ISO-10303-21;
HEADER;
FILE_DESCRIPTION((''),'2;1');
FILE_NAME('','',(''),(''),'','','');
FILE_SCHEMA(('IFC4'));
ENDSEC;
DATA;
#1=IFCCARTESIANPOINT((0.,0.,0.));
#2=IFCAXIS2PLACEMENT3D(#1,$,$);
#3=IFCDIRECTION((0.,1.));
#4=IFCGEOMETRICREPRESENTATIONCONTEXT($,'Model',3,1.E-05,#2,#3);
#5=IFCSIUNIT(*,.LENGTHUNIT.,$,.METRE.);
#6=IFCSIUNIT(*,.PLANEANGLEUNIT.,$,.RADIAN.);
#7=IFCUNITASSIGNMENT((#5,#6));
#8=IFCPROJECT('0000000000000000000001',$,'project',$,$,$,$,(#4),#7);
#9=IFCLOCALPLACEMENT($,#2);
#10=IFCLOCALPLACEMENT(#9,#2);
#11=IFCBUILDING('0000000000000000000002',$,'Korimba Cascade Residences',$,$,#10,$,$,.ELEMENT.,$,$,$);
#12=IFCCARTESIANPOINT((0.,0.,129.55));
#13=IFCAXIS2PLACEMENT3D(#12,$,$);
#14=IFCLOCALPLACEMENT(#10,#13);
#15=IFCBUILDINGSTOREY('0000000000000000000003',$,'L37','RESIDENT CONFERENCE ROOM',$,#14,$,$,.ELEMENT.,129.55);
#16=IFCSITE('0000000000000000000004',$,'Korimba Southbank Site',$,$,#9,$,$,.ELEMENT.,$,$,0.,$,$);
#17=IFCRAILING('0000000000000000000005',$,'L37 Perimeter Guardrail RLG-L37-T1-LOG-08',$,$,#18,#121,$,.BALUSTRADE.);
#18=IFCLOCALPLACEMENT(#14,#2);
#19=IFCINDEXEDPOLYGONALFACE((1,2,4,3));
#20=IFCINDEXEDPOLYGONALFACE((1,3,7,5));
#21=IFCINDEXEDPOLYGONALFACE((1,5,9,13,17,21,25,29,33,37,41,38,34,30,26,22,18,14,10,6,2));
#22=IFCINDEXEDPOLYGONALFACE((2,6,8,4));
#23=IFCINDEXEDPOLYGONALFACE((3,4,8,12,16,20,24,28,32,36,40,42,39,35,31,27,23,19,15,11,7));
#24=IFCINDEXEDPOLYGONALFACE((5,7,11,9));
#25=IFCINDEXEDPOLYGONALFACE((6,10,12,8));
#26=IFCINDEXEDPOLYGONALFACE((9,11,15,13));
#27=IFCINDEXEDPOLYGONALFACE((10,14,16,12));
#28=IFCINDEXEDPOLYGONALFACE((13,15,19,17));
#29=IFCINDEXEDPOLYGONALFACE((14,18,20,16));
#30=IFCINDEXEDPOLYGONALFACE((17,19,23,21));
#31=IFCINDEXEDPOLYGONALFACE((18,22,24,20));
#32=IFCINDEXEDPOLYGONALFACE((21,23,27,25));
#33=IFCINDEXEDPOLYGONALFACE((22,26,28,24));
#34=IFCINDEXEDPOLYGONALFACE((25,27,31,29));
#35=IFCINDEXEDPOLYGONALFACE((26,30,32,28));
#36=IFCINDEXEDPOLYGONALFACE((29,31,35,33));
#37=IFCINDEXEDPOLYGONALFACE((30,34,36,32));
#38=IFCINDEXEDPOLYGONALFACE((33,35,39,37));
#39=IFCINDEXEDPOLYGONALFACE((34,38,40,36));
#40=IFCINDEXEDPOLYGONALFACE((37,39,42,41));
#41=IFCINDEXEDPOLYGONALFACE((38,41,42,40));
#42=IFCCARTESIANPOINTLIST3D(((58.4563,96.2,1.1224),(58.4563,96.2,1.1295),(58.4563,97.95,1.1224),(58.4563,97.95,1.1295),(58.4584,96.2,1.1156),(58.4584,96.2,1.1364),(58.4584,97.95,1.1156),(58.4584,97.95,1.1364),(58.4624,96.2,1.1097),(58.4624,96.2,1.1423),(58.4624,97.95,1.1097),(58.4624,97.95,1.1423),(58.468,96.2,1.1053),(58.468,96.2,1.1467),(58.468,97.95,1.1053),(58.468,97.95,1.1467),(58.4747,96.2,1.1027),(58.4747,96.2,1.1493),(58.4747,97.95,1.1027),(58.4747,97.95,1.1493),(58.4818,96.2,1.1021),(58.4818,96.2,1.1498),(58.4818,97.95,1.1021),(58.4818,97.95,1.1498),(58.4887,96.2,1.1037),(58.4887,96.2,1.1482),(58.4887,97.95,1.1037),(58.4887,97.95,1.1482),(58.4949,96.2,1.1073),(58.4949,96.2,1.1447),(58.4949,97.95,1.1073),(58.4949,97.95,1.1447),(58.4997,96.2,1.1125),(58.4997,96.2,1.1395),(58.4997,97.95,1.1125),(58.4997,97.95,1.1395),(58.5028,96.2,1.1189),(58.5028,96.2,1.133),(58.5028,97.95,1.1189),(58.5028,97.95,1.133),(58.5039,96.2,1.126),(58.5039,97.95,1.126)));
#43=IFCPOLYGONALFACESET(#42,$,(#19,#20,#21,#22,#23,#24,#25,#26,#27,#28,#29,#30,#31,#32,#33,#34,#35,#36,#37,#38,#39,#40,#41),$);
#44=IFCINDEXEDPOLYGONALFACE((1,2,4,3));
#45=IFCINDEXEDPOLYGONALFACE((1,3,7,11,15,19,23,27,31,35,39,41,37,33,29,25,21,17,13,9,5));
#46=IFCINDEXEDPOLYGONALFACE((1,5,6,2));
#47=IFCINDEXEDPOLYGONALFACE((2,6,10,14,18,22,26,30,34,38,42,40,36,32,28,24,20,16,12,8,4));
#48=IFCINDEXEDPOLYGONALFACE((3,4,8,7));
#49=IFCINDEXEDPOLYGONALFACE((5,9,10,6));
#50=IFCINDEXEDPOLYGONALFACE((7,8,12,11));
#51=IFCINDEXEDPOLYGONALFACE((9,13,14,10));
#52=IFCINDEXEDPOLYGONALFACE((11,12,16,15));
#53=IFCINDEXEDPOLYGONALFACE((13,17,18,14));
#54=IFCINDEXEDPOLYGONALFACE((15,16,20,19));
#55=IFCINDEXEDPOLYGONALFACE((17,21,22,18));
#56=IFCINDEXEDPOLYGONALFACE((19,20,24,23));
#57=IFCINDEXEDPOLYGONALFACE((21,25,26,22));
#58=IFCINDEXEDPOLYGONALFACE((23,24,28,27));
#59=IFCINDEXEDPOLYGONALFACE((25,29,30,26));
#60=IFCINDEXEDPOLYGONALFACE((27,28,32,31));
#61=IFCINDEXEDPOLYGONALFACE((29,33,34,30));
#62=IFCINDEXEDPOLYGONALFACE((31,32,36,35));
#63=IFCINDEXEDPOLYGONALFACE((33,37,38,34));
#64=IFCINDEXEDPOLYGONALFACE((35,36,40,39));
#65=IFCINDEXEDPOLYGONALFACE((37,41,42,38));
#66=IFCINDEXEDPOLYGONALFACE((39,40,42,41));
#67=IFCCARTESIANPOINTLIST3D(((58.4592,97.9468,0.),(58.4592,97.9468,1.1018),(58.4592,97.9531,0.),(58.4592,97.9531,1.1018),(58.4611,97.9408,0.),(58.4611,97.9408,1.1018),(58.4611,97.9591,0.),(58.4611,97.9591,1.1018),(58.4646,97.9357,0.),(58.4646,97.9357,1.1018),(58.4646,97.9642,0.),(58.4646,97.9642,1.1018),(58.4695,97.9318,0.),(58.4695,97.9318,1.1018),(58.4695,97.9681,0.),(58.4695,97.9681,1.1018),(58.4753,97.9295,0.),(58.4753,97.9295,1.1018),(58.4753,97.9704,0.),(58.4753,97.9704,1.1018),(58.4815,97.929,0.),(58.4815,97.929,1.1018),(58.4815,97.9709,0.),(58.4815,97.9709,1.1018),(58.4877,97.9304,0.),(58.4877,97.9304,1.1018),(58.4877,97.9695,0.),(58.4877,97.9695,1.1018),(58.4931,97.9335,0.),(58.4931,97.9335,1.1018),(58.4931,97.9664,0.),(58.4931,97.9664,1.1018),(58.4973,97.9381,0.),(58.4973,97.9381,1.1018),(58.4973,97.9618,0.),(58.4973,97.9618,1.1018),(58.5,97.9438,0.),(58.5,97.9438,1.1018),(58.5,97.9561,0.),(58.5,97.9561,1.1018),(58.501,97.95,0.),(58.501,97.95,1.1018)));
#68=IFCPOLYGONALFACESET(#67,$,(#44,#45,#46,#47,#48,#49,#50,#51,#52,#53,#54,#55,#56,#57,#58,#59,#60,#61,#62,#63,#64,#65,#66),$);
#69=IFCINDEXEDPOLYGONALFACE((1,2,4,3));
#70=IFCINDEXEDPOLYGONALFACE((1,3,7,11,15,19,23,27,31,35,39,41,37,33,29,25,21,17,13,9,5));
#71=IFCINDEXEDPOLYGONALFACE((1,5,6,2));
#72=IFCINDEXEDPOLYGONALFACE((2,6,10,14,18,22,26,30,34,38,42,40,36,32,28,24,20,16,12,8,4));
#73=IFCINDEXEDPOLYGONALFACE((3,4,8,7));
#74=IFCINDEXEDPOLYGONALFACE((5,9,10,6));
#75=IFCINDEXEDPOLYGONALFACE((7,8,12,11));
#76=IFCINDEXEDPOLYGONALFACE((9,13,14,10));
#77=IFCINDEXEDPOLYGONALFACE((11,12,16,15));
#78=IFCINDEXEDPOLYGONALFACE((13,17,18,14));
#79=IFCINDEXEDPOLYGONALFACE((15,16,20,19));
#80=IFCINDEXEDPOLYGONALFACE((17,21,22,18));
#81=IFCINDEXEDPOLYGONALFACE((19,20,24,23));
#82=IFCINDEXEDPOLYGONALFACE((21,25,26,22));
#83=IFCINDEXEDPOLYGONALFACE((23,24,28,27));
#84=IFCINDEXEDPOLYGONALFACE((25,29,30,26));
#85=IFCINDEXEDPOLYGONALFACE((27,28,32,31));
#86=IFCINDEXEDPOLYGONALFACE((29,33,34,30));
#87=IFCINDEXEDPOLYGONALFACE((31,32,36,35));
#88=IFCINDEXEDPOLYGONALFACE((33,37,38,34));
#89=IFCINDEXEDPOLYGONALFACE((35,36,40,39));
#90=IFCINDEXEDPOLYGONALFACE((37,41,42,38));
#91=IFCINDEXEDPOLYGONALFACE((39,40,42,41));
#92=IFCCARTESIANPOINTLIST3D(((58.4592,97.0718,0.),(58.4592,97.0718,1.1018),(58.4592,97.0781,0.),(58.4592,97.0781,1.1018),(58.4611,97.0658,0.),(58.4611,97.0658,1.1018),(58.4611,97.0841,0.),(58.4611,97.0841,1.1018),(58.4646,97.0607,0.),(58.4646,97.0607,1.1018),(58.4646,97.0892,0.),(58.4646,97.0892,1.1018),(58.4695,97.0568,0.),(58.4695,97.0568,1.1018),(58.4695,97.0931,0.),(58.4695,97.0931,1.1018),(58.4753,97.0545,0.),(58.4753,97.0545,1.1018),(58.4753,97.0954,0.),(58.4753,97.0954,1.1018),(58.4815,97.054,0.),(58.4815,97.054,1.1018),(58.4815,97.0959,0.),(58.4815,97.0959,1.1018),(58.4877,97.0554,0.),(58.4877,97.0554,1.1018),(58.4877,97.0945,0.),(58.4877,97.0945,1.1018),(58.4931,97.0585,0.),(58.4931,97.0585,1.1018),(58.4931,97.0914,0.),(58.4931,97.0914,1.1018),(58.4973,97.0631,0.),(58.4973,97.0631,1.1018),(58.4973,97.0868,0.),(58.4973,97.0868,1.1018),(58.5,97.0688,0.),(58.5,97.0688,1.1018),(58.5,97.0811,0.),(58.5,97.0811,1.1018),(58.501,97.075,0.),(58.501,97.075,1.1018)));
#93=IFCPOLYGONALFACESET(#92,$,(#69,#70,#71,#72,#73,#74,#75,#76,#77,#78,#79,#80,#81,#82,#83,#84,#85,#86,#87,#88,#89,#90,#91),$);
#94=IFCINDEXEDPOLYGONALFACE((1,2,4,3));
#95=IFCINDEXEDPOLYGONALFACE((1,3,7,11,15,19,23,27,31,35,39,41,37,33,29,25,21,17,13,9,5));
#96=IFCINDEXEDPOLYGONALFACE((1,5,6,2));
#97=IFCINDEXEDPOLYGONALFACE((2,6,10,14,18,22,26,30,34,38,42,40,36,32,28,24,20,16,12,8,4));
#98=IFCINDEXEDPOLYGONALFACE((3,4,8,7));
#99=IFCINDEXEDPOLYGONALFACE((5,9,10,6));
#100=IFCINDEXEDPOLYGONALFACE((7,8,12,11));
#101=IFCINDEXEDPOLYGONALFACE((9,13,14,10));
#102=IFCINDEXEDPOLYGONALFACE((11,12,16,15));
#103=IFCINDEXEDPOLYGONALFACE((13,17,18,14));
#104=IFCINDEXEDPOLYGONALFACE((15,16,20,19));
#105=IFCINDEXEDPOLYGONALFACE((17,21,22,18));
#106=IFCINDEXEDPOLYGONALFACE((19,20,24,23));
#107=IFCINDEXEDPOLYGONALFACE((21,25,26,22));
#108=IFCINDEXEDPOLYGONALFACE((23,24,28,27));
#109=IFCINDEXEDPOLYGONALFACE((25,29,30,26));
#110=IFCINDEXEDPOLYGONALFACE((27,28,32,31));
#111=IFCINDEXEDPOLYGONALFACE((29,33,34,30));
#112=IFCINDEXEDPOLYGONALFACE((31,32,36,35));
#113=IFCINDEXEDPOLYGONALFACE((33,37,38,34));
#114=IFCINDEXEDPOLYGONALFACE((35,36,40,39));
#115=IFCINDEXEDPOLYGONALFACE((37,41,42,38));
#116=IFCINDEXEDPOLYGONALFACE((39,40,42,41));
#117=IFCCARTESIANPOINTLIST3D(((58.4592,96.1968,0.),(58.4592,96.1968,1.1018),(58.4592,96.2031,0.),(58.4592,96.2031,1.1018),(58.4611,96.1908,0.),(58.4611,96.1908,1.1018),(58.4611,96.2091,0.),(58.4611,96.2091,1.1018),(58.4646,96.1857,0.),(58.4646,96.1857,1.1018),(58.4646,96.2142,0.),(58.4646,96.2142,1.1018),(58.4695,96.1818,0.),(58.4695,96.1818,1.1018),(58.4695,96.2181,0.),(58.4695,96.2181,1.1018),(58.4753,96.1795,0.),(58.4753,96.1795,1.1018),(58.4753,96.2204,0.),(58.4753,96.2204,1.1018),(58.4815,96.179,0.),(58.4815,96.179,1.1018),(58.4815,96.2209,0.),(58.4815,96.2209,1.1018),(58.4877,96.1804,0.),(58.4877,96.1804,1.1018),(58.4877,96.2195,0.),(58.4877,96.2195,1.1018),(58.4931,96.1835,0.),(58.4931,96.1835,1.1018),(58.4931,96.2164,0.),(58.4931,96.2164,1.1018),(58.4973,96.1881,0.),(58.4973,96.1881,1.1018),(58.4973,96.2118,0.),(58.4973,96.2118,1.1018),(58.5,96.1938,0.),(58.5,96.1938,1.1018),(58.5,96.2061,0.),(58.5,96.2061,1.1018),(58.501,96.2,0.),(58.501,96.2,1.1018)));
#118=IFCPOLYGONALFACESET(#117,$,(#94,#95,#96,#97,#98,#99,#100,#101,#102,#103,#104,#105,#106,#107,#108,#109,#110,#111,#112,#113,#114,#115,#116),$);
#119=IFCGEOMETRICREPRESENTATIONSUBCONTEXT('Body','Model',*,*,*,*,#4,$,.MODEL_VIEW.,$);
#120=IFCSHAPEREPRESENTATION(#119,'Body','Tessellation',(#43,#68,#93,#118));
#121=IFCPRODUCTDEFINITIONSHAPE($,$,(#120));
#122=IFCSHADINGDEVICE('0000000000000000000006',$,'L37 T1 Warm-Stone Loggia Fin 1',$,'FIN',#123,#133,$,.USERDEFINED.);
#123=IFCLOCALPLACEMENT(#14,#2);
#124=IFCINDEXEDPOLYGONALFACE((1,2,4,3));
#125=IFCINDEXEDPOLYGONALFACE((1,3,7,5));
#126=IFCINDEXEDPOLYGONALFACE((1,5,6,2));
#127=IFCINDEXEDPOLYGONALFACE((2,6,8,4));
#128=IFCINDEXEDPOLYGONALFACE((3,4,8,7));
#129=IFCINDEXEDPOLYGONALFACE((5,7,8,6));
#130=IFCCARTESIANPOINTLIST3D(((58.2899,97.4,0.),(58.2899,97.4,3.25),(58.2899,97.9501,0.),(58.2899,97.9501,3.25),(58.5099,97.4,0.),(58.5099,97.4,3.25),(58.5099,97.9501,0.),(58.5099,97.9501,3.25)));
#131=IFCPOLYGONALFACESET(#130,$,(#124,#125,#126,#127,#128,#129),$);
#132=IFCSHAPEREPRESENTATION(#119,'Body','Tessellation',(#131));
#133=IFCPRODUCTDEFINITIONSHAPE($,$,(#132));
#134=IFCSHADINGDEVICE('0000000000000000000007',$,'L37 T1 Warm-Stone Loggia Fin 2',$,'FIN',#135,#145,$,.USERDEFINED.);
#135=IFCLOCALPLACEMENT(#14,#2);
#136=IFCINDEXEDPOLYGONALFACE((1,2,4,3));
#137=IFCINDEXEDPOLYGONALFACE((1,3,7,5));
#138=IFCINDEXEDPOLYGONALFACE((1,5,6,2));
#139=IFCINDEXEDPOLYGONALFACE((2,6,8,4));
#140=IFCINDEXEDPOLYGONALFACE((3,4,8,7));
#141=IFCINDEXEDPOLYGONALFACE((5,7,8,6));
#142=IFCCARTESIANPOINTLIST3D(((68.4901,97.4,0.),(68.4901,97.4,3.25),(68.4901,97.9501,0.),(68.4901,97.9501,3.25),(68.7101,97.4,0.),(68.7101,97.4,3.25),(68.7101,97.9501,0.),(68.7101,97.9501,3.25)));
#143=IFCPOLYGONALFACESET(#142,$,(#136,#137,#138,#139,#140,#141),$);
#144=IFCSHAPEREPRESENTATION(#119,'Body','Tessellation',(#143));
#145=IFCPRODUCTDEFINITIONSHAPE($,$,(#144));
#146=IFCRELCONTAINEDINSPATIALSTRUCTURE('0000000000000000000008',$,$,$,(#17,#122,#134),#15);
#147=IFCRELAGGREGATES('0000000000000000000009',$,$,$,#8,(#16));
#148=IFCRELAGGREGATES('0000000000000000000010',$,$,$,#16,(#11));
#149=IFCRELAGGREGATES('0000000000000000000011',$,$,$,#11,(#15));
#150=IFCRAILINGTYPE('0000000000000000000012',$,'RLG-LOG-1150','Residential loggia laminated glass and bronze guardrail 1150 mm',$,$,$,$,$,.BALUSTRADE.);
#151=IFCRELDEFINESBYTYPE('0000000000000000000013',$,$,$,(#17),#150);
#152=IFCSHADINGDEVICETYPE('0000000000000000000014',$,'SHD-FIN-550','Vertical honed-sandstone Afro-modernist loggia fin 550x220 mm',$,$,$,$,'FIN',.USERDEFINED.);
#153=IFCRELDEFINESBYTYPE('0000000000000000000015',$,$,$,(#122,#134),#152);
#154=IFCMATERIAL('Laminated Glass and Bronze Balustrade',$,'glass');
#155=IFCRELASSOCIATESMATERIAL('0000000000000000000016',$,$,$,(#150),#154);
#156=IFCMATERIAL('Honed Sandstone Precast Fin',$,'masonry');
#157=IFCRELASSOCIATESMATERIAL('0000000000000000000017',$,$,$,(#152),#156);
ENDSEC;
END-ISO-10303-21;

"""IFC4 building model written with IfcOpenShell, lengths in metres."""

from ifc_helpers import new_model, si_unit, direction, frame, origin, origin_2d, place, context, subcontext, project, spatial, rectangle, circle, extrude, material, type_object, element, save


model = new_model("IFC4")

# Units and contexts
model_context = context("Model", 3, precision=1e-05, world=origin(), true_north=direction((0.0, 1.0)))
body_context = subcontext(model_context, "Body", "Model", "MODEL_VIEW")
ifc_project = project(units=[si_unit("LENGTHUNIT", "METRE"), si_unit("PLANEANGLEUNIT", "RADIAN")], contexts=[model_context])

# Site, building, storey
site_placement = place(None, origin())
site = spatial("IfcSite", under=ifc_project, at=site_placement, Name="Korimba Southbank Site", CompositionType="ELEMENT", RefElevation=0.0)
building_placement = place(site_placement, origin())
building = spatial("IfcBuilding", under=site, at=building_placement, Name="Korimba Cascade Residences", CompositionType="ELEMENT")
storey_placement = place(building_placement, frame((0.0, 0.0, 129.55)))
storey = spatial("IfcBuildingStorey", under=building, at=storey_placement, Name="L37", Description="RESIDENT CONFERENCE ROOM", CompositionType="ELEMENT", Elevation=129.55)

# Railing
ifc_material_1 = material(Name="Laminated Glass and Bronze Balustrade", Category="glass")
railing_type = type_object("IfcRailingType", Name="RLG-LOG-1150", Description="Residential loggia laminated glass and bronze guardrail 1150 mm", PredefinedType="BALUSTRADE", material=ifc_material_1)
railing_1_placement = place(storey_placement, frame((58.48, 97.95, 0.0)))
element("IfcRailing", 1, at=railing_1_placement, inside=storey, type_object=railing_type, Name="L37 Perimeter Guardrail RLG-L37-T1-LOG-08", PredefinedType="BALUSTRADE", context=body_context, shape_type="SweptSolid", body=[
    extrude(circle(Radius=0.0239, at=origin_2d()), frame((0.0, 0.0, 1.126), z_axis=(0.0, -1.0, 0.0), x_axis=(1.0, 0.0, 0.0)), (0.0, 0.0, 1.0), 1.75),
    extrude(circle(Radius=0.021, at=origin_2d()), origin(), (0.0, 0.0, 1.0), 1.1018),
    extrude(circle(Radius=0.021, at=origin_2d()), frame((0.0, -0.875, 0.0)), (0.0, 0.0, 1.0), 1.1018),
    extrude(circle(Radius=0.021, at=origin_2d()), frame((0.0, -1.75, 0.0)), (0.0, 0.0, 1.0), 1.1018),
])

# Shading devices
ifc_material_2 = material(Name="Honed Sandstone Precast Fin", Category="masonry")
shading_device_type = type_object("IfcShadingDeviceType", Name="SHD-FIN-550", Description="Vertical honed-sandstone Afro-modernist loggia fin 550x220 mm", ElementType="FIN", PredefinedType="USERDEFINED", material=ifc_material_2)
for number, where, z_axis, x_axis, name in (
    (2, (58.3999, 97.675, 0.0), (0.0, 0.0, 1.0), (1.0, 0.0, 0.0), "L37 T1 Warm-Stone Loggia Fin 1"),
    (3, (68.6001, 97.675, 0.0), (0.0, 0.0, 1.0), (1.0, 0.0, 0.0), "L37 T1 Warm-Stone Loggia Fin 2"),
):
    element("IfcShadingDevice", number, at=place(storey_placement, frame(where, z_axis=z_axis, x_axis=x_axis)), inside=storey, type_object=shading_device_type, Name=name, ObjectType="FIN", PredefinedType="USERDEFINED", context=body_context, shape_type="SweptSolid", body=[
        extrude(rectangle(XDim=0.22, YDim=0.55, at=origin_2d()), origin(), (0.0, 0.0, 1.0), 3.25),
    ])

save(model, "model.ifc")
